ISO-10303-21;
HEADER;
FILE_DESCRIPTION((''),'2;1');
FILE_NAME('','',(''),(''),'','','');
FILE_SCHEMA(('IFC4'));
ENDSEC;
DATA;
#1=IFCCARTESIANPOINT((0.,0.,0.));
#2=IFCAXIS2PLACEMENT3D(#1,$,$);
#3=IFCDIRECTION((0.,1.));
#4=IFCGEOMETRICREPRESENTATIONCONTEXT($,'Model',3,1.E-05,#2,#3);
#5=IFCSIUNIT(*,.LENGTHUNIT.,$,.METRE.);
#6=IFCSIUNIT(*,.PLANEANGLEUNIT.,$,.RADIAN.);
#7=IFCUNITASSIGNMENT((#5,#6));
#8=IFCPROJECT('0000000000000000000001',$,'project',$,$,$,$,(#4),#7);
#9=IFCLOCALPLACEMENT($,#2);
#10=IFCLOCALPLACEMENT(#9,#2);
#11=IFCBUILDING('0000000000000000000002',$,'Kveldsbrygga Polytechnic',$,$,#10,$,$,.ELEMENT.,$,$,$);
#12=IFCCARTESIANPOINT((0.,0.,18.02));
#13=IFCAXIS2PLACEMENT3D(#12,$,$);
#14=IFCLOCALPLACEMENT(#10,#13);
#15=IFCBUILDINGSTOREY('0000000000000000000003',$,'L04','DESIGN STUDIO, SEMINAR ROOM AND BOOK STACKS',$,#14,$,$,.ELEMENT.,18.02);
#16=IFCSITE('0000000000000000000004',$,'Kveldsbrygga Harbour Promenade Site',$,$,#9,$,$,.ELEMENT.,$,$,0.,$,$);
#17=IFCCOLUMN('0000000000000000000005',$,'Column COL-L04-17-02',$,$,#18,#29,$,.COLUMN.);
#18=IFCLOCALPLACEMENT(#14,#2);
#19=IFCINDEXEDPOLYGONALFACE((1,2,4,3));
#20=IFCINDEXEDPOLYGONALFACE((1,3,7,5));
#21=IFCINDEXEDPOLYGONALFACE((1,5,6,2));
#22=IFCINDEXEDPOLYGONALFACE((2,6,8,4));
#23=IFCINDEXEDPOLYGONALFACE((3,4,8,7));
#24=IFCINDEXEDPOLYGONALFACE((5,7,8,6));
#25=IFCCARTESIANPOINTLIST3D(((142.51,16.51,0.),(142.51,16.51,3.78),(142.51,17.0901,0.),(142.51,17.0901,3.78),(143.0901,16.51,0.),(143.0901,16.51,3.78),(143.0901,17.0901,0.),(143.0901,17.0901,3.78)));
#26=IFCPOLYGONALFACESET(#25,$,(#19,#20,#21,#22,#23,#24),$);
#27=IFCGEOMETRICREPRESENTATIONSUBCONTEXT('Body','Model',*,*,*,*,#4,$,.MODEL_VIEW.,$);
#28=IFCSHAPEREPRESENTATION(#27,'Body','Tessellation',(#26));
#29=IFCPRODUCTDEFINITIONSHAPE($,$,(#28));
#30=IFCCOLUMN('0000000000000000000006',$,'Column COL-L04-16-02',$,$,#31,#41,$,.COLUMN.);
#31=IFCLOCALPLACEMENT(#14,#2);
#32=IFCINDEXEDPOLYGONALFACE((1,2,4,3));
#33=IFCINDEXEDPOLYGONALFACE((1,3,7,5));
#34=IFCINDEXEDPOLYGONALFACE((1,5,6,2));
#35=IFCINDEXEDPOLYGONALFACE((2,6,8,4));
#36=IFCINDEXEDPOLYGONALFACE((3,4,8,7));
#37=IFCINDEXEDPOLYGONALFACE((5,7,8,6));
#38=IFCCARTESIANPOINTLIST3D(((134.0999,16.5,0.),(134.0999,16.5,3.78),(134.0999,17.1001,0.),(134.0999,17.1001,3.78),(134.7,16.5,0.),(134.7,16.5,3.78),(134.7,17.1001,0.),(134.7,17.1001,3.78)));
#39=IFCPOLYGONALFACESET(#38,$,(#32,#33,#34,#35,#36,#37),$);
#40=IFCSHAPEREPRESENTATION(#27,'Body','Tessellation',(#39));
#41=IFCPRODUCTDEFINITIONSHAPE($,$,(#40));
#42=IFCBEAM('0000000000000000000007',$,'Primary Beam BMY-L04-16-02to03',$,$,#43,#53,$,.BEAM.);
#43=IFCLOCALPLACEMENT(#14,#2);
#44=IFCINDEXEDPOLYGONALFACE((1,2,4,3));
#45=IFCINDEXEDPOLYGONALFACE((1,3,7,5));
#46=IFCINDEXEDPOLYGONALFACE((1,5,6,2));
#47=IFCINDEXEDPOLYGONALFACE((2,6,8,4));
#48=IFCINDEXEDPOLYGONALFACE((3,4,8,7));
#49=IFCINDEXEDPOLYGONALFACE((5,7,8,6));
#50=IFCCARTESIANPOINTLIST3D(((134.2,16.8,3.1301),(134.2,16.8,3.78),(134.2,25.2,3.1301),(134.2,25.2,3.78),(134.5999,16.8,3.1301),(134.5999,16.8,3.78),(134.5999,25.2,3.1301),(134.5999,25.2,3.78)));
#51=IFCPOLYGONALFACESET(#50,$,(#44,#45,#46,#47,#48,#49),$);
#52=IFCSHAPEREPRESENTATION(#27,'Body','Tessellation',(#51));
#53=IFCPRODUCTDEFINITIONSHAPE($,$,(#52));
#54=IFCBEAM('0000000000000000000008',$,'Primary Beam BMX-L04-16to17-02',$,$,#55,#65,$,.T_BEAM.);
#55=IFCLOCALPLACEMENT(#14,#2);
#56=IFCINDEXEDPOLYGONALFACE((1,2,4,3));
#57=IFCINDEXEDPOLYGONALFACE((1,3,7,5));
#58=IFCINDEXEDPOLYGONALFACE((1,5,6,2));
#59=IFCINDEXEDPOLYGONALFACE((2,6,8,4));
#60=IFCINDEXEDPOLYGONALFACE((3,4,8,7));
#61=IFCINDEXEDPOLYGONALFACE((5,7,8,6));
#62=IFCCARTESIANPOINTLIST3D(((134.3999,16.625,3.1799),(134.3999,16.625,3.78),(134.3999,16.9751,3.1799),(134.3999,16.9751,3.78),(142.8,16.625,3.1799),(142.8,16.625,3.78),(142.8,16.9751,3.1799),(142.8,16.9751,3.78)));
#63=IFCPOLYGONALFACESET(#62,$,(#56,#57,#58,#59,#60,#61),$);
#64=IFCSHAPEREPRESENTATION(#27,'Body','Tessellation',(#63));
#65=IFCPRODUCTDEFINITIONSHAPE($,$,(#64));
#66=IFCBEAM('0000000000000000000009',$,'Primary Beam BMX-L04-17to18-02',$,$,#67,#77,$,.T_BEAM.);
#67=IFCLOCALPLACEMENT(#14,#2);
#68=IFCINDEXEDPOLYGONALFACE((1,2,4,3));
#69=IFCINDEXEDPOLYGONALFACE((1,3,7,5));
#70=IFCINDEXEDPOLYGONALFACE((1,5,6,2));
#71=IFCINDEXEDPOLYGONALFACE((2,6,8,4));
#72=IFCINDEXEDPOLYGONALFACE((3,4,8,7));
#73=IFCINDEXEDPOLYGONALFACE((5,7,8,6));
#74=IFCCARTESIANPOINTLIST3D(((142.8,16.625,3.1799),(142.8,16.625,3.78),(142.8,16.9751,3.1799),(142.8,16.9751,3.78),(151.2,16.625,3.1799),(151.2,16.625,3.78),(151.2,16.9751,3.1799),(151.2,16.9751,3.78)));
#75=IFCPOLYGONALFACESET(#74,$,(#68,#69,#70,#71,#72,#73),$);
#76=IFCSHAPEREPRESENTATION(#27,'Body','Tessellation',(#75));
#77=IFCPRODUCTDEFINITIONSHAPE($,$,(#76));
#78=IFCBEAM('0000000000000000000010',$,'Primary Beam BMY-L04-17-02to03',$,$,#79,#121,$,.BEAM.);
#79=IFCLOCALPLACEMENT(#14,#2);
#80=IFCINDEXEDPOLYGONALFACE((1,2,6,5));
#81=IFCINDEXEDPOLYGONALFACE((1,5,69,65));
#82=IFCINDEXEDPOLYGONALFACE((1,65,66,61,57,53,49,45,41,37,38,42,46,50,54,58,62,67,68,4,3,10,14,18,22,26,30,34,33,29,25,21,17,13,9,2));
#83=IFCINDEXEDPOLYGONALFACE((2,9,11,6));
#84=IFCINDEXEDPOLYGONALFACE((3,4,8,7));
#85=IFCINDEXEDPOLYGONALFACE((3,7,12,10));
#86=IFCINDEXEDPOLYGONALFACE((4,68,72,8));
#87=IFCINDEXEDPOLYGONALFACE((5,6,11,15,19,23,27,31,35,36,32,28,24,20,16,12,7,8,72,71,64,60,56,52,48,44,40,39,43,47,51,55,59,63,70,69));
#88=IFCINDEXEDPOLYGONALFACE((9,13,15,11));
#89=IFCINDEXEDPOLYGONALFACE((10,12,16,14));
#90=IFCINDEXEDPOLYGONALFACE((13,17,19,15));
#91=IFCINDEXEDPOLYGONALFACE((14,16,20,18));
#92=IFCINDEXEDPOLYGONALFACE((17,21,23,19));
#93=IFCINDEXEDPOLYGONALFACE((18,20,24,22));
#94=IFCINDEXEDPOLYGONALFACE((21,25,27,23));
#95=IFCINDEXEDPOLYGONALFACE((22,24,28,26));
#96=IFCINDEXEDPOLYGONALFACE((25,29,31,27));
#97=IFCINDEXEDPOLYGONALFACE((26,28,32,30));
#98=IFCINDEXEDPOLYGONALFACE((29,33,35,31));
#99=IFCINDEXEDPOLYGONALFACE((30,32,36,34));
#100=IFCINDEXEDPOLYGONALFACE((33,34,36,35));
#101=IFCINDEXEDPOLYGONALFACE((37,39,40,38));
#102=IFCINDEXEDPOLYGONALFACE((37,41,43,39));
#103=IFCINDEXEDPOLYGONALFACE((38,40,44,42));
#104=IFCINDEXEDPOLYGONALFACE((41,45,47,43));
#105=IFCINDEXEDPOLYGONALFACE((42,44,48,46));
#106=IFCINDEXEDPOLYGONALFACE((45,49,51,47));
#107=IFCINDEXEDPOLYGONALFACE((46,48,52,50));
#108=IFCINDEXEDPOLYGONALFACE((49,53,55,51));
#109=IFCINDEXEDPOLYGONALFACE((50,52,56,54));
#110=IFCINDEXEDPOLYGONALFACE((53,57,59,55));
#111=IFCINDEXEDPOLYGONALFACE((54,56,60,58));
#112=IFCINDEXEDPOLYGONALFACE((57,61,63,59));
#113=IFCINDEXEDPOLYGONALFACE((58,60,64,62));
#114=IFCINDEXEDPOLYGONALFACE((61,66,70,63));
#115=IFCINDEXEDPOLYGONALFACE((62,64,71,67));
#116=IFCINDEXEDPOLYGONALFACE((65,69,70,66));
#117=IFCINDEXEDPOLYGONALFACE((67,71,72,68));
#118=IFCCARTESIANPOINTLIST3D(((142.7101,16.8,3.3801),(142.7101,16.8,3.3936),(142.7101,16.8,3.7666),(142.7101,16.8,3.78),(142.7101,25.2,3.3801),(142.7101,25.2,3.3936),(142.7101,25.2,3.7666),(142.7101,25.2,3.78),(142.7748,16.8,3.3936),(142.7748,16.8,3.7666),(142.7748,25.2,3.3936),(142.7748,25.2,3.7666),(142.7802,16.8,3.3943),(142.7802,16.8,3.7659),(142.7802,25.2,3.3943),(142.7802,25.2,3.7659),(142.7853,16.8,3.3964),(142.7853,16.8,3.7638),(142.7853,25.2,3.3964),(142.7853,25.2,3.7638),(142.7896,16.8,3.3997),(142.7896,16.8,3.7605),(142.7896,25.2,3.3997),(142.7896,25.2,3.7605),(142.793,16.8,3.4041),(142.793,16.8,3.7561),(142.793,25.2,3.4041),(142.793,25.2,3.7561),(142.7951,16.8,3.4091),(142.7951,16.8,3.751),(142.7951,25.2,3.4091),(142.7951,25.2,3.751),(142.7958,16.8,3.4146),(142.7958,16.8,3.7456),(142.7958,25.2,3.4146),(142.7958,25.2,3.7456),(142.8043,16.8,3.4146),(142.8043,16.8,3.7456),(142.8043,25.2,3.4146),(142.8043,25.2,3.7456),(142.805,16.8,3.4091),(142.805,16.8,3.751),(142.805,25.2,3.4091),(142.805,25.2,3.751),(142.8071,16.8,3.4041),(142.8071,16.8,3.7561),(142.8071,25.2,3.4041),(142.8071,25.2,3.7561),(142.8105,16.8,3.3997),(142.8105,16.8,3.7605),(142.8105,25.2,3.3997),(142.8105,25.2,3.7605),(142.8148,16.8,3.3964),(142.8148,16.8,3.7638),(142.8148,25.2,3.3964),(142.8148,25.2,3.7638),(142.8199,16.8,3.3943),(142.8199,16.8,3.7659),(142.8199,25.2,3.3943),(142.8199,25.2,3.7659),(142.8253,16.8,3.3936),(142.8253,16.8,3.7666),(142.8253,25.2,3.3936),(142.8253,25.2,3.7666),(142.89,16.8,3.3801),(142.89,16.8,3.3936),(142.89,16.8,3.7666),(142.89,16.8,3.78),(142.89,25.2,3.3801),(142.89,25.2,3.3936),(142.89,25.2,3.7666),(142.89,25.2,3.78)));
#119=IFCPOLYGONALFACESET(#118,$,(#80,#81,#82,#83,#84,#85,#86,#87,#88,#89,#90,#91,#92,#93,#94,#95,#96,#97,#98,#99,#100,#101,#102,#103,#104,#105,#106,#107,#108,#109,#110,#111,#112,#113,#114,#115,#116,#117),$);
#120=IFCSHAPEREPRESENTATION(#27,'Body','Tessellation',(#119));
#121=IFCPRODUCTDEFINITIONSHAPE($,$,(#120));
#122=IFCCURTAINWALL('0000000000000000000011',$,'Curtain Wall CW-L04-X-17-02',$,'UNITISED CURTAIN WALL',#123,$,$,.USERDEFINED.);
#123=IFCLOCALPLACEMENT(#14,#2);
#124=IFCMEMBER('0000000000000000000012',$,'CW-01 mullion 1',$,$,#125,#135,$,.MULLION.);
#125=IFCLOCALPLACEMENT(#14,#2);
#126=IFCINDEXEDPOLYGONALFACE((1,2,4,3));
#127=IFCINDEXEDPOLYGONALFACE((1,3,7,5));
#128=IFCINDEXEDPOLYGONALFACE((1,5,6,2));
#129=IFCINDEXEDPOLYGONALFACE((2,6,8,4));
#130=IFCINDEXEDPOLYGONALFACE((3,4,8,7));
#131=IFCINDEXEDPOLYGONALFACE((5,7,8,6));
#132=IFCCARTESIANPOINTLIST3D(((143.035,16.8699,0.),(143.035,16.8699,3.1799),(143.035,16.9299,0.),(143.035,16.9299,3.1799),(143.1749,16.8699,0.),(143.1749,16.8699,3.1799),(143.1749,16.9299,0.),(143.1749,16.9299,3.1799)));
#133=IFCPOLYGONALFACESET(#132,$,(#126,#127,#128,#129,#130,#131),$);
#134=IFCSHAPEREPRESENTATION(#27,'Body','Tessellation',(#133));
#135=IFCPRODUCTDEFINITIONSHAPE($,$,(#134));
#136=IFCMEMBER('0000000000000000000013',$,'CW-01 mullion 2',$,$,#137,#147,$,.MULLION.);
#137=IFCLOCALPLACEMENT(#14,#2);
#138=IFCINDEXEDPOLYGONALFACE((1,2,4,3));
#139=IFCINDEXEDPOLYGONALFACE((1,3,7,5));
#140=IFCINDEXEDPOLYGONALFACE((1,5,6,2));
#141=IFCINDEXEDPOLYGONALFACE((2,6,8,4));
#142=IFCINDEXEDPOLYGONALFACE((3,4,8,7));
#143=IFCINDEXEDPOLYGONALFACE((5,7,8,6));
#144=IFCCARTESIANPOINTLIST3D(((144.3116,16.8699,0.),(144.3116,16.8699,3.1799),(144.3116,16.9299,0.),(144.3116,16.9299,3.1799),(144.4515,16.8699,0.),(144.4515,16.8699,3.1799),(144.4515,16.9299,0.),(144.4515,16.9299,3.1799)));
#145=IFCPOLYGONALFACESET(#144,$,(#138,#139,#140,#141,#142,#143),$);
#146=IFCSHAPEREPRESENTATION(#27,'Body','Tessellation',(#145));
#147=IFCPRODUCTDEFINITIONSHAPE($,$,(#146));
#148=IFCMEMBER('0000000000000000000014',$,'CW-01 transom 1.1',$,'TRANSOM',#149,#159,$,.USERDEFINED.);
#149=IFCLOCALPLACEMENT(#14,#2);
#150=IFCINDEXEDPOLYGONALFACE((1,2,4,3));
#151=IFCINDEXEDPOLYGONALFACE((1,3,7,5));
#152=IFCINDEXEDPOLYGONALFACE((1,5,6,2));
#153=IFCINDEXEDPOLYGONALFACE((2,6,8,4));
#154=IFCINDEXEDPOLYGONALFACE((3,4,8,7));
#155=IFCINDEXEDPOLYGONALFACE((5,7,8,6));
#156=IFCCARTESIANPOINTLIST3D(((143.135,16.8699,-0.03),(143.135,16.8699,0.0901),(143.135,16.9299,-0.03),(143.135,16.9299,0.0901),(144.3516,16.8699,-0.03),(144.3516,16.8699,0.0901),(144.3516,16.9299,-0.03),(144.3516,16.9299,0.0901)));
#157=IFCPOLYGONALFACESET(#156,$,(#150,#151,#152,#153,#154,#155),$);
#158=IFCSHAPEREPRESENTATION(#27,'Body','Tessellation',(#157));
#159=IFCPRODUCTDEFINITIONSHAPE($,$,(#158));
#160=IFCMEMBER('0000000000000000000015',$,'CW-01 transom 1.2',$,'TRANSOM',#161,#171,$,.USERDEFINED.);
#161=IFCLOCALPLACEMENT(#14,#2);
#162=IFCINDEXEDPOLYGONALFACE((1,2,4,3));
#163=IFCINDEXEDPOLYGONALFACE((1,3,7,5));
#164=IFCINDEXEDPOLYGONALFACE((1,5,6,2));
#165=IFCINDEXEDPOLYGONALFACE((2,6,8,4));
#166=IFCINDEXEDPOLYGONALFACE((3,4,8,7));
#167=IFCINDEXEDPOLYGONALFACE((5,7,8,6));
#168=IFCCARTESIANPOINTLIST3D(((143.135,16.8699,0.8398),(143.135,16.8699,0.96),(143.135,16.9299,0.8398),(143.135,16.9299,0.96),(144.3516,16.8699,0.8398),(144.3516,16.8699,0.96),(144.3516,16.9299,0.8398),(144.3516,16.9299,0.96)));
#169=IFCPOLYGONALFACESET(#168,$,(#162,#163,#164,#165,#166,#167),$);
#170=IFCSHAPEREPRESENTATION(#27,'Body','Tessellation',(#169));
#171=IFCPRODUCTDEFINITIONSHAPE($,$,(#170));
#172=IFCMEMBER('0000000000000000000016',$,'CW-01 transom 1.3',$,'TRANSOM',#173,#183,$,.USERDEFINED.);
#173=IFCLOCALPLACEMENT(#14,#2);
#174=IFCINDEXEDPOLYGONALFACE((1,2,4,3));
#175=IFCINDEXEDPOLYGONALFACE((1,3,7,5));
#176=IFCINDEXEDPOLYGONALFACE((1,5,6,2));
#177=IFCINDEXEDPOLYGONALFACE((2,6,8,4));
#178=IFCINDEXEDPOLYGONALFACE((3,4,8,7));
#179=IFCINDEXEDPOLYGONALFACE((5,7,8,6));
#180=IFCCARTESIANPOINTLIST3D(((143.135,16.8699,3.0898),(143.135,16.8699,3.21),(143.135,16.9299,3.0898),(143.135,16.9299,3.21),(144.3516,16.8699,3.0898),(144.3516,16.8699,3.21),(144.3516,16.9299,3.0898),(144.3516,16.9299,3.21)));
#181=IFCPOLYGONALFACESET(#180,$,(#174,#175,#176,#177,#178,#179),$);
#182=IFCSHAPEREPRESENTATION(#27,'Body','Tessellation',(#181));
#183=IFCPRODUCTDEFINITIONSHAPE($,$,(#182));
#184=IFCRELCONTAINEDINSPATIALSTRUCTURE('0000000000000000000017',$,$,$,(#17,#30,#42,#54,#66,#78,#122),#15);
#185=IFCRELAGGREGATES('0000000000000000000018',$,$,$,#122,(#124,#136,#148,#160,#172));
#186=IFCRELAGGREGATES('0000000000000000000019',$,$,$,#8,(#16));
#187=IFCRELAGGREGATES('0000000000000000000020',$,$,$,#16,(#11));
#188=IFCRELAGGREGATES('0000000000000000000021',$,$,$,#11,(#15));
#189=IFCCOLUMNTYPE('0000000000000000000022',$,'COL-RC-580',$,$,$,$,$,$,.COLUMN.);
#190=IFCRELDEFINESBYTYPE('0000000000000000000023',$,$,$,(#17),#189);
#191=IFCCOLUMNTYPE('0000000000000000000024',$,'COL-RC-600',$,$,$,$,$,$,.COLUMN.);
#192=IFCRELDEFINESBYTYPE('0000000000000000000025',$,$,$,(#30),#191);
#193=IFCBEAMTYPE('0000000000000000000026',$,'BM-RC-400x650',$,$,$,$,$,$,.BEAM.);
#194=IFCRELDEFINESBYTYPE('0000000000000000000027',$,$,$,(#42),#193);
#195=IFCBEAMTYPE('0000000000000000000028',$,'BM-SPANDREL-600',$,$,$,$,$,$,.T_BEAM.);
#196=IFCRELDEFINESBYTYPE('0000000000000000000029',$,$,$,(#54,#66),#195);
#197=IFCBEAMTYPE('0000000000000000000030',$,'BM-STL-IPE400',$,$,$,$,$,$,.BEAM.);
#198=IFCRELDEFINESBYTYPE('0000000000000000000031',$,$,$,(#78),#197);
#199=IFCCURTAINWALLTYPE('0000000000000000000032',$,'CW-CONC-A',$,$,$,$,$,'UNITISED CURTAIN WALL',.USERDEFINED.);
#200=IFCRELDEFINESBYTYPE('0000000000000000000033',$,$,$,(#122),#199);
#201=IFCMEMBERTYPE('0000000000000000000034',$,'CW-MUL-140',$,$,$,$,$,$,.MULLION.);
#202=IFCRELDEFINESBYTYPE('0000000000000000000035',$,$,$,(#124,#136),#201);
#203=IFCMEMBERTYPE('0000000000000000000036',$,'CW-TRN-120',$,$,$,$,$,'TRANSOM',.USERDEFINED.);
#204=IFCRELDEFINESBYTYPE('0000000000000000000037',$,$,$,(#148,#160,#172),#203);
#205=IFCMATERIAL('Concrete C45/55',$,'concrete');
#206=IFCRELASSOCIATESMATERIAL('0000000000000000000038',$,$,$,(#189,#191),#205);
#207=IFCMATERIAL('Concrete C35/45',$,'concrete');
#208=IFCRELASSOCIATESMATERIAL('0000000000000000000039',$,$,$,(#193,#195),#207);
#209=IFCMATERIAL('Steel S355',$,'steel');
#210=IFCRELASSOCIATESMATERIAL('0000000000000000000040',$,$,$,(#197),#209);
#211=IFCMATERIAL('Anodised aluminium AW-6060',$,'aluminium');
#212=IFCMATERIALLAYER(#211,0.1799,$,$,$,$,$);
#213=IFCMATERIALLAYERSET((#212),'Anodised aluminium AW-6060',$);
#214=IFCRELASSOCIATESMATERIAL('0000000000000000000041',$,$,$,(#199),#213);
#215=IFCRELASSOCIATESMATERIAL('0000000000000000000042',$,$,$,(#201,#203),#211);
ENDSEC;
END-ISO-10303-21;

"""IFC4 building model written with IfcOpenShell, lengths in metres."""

from ifc_helpers import new_model, si_unit, direction, frame, origin, origin_2d, place, context, subcontext, project, spatial, rectangle, i_section, extrude, material, layer, layer_set, material_profile, profile_set, type_object, element, aggregate, save


model = new_model("IFC4")

# Units and contexts
model_context = context("Model", 3, precision=1e-05, world=origin(), true_north=direction((0.0, 1.0)))
body_context = subcontext(model_context, "Body", "Model", "MODEL_VIEW")
ifc_project = project(units=[si_unit("LENGTHUNIT", "METRE"), si_unit("PLANEANGLEUNIT", "RADIAN")], contexts=[model_context])

# Site, building, storey
site_placement = place(None, origin())
site = spatial("IfcSite", under=ifc_project, at=site_placement, Name="Kveldsbrygga Harbour Promenade Site", CompositionType="ELEMENT", RefElevation=0.0)
building_placement = place(site_placement, origin())
building = spatial("IfcBuilding", under=site, at=building_placement, Name="Kveldsbrygga Polytechnic", CompositionType="ELEMENT")
storey_placement = place(building_placement, frame((0.0, 0.0, 18.02)))
storey = spatial("IfcBuildingStorey", under=building, at=storey_placement, Name="L04", Description="DESIGN STUDIO, SEMINAR ROOM AND BOOK STACKS", CompositionType="ELEMENT", Elevation=18.02)

# Columns
ifc_material_1 = material(Name="Concrete C45/55", Category="concrete")
ifc_material_profile_1 = material_profile(ifc_material_1, rectangle(XDim=0.5801, YDim=0.5801, at=origin_2d()), Name="RC 580x580")
ifc_profile_set_1 = profile_set([ifc_material_profile_1], Name="Concrete C45/55")
column_type_1 = type_object("IfcColumnType", Name="COL-RC-580", PredefinedType="COLUMN", material=ifc_profile_set_1)
column_1_placement = place(storey_placement, frame((142.8, 16.8, 0.0), z_axis=(0.0, 0.0, 1.0), x_axis=(1.0, 0.0, 0.0)))
element("IfcColumn", 1, at=column_1_placement, inside=storey, type_object=column_type_1, Name="Column COL-L04-17-02", PredefinedType="COLUMN", context=body_context, shape_type="SweptSolid", body=[
    extrude(rectangle(XDim=0.5801, YDim=0.5801, at=origin_2d()), origin(), (0.0, 0.0, 1.0), 3.78),
])
ifc_material_profile_2 = material_profile(ifc_material_1, rectangle(XDim=0.6001, YDim=0.6001, at=origin_2d()), Name="RC 600x600")
ifc_profile_set_2 = profile_set([ifc_material_profile_2], Name="Concrete C45/55")
column_type_2 = type_object("IfcColumnType", Name="COL-RC-600", PredefinedType="COLUMN", material=ifc_profile_set_2)
column_2_placement = place(storey_placement, frame((134.3999, 16.8, 0.0), z_axis=(0.0, 0.0, 1.0), x_axis=(1.0, 0.0, 0.0)))
element("IfcColumn", 2, at=column_2_placement, inside=storey, type_object=column_type_2, Name="Column COL-L04-16-02", PredefinedType="COLUMN", context=body_context, shape_type="SweptSolid", body=[
    extrude(rectangle(XDim=0.6001, YDim=0.6001, at=origin_2d()), origin(), (0.0, 0.0, 1.0), 3.78),
])

# Beams
ifc_material_2 = material(Name="Concrete C35/45", Category="concrete")
ifc_material_profile_3 = material_profile(ifc_material_2, rectangle(XDim=0.3999, YDim=0.6499, at=origin_2d()), Name="RC 400x650")
ifc_profile_set_3 = profile_set([ifc_material_profile_3], Name="Concrete C35/45")
beam_type_1 = type_object("IfcBeamType", Name="BM-RC-400x650", PredefinedType="BEAM", material=ifc_profile_set_3)
beam_1_placement = place(storey_placement, frame((134.3999, 16.8, 3.4551), z_axis=(0.0, 1.0, 0.0), x_axis=(-1.0, 0.0, 0.0)))
element("IfcBeam", 3, at=beam_1_placement, inside=storey, type_object=beam_type_1, Name="Primary Beam BMY-L04-16-02to03", PredefinedType="BEAM", context=body_context, shape_type="SweptSolid", body=[
    extrude(rectangle(XDim=0.3999, YDim=0.6499, at=origin_2d()), origin(), (0.0, 0.0, 1.0), 8.3999),
])
ifc_material_profile_4 = material_profile(ifc_material_2, rectangle(XDim=0.3501, YDim=0.6001, at=origin_2d()), Name="RC 350x600")
ifc_profile_set_4 = profile_set([ifc_material_profile_4], Name="Concrete C35/45")
beam_type_2 = type_object("IfcBeamType", Name="BM-SPANDREL-600", PredefinedType="T_BEAM", material=ifc_profile_set_4)
beam_2_placement = place(storey_placement, frame((134.3999, 16.8, 3.48), z_axis=(1.0, 0.0, 0.0), x_axis=(0.0, 1.0, 0.0)))
element("IfcBeam", 4, at=beam_2_placement, inside=storey, type_object=beam_type_2, Name="Primary Beam BMX-L04-16to17-02", PredefinedType="T_BEAM", context=body_context, shape_type="SweptSolid", body=[
    extrude(rectangle(XDim=0.3501, YDim=0.6001, at=origin_2d()), origin(), (0.0, 0.0, 1.0), 8.4001),
])
beam_3_placement = place(storey_placement, frame((142.8, 16.8, 3.48), z_axis=(1.0, 0.0, 0.0), x_axis=(0.0, 1.0, 0.0)))
element("IfcBeam", 5, at=beam_3_placement, inside=storey, type_object=beam_type_2, Name="Primary Beam BMX-L04-17to18-02", PredefinedType="T_BEAM", context=body_context, shape_type="SweptSolid", body=[
    extrude(rectangle(XDim=0.3501, YDim=0.6001, at=origin_2d()), origin(), (0.0, 0.0, 1.0), 8.3999),
])
ifc_material_3 = material(Name="Steel S355", Category="steel")
ifc_material_profile_5 = material_profile(ifc_material_3, i_section(OverallWidth=0.1799, OverallDepth=0.3999, WebThickness=0.0085, FlangeThickness=0.0134, FilletRadius=0.021, at=origin_2d()), Name="IPE 400")
ifc_profile_set_5 = profile_set([ifc_material_profile_5], Name="Steel S355")
beam_type_3 = type_object("IfcBeamType", Name="BM-STL-IPE400", PredefinedType="BEAM", material=ifc_profile_set_5)
beam_4_placement = place(storey_placement, frame((142.8, 16.8, 3.5801), z_axis=(0.0, 1.0, 0.0), x_axis=(-1.0, 0.0, 0.0)))
element("IfcBeam", 6, at=beam_4_placement, inside=storey, type_object=beam_type_3, Name="Primary Beam BMY-L04-17-02to03", PredefinedType="BEAM", context=body_context, shape_type="SweptSolid", body=[
    extrude(i_section(OverallWidth=0.1799, OverallDepth=0.3999, WebThickness=0.0085, FlangeThickness=0.0134, FilletRadius=0.021, at=origin_2d()), origin(), (0.0, 0.0, 1.0), 8.3999),
])

# Curtain wall, members
ifc_material_4 = material(Name="Anodised aluminium AW-6060", Category="aluminium")
ifc_layer_1 = layer(ifc_material_4, 0.1799)
ifc_layer_set_1 = layer_set([ifc_layer_1], Name="Anodised aluminium AW-6060")
curtain_wall_type = type_object("IfcCurtainWallType", Name="CW-CONC-A", ElementType="UNITISED CURTAIN WALL", PredefinedType="USERDEFINED", material=ifc_layer_set_1)
curtain_wall_placement = place(storey_placement, origin())
curtain_wall = element("IfcCurtainWall", 7, at=curtain_wall_placement, inside=storey, type_object=curtain_wall_type, Name="Curtain Wall CW-L04-X-17-02", ObjectType="UNITISED CURTAIN WALL", PredefinedType="USERDEFINED")
ifc_material_profile_6 = material_profile(ifc_material_4, rectangle(XDim=0.0601, YDim=0.1399, at=origin_2d()), Name="ALU 60x140")
ifc_profile_set_6 = profile_set([ifc_material_profile_6], Name="Anodised aluminium AW-6060")
member_type_1 = type_object("IfcMemberType", Name="CW-MUL-140", PredefinedType="MULLION", material=ifc_profile_set_6)
member_1_placement = place(storey_placement, frame((143.105, 16.8999, 0.0), z_axis=(0.0, 0.0, 1.0), x_axis=(0.0, 1.0, 0.0)))
member_1 = element("IfcMember", 8, at=member_1_placement, type_object=member_type_1, Name="CW-01 mullion 1", PredefinedType="MULLION", context=body_context, shape_type="SweptSolid", body=[
    extrude(rectangle(XDim=0.0601, YDim=0.1399, at=origin_2d()), origin(), (0.0, 0.0, 1.0), 3.1799),
])
member_2_placement = place(storey_placement, frame((144.3816, 16.8999, 0.0), z_axis=(0.0, 0.0, 1.0), x_axis=(0.0, 1.0, 0.0)))
member_2 = element("IfcMember", 9, at=member_2_placement, type_object=member_type_1, Name="CW-01 mullion 2", PredefinedType="MULLION", context=body_context, shape_type="SweptSolid", body=[
    extrude(rectangle(XDim=0.0601, YDim=0.1399, at=origin_2d()), origin(), (0.0, 0.0, 1.0), 3.1799),
])
ifc_material_profile_7 = material_profile(ifc_material_4, rectangle(XDim=0.0601, YDim=0.1201, at=origin_2d()), Name="ALU 60x120")
ifc_profile_set_7 = profile_set([ifc_material_profile_7], Name="Anodised aluminium AW-6060")
member_type_2 = type_object("IfcMemberType", Name="CW-TRN-120", ElementType="TRANSOM", PredefinedType="USERDEFINED", material=ifc_profile_set_7)
member_3_placement = place(storey_placement, frame((143.135, 16.8999, 0.03), z_axis=(1.0, 0.0, 0.0), x_axis=(0.0, 1.0, 0.0)))
member_3 = element("IfcMember", 10, at=member_3_placement, type_object=member_type_2, Name="CW-01 transom 1.1", ObjectType="TRANSOM", PredefinedType="USERDEFINED", context=body_context, shape_type="SweptSolid", body=[
    extrude(rectangle(XDim=0.0601, YDim=0.1201, at=origin_2d()), origin(), (0.0, 0.0, 1.0), 1.2166),
])
member_4_placement = place(storey_placement, frame((143.135, 16.8999, 0.8999), z_axis=(1.0, 0.0, 0.0), x_axis=(0.0, 1.0, 0.0)))
member_4 = element("IfcMember", 11, at=member_4_placement, type_object=member_type_2, Name="CW-01 transom 1.2", ObjectType="TRANSOM", PredefinedType="USERDEFINED", context=body_context, shape_type="SweptSolid", body=[
    extrude(rectangle(XDim=0.0601, YDim=0.1201, at=origin_2d()), origin(), (0.0, 0.0, 1.0), 1.2166),
])
member_5_placement = place(storey_placement, frame((143.135, 16.8999, 3.1499), z_axis=(1.0, 0.0, 0.0), x_axis=(0.0, 1.0, 0.0)))
member_5 = element("IfcMember", 12, at=member_5_placement, type_object=member_type_2, Name="CW-01 transom 1.3", ObjectType="TRANSOM", PredefinedType="USERDEFINED", context=body_context, shape_type="SweptSolid", body=[
    extrude(rectangle(XDim=0.0601, YDim=0.1201, at=origin_2d()), origin(), (0.0, 0.0, 1.0), 1.2166),
])
aggregate(curtain_wall, [member_1, member_2, member_3, member_4, member_5])

save(model, "model.ifc")
